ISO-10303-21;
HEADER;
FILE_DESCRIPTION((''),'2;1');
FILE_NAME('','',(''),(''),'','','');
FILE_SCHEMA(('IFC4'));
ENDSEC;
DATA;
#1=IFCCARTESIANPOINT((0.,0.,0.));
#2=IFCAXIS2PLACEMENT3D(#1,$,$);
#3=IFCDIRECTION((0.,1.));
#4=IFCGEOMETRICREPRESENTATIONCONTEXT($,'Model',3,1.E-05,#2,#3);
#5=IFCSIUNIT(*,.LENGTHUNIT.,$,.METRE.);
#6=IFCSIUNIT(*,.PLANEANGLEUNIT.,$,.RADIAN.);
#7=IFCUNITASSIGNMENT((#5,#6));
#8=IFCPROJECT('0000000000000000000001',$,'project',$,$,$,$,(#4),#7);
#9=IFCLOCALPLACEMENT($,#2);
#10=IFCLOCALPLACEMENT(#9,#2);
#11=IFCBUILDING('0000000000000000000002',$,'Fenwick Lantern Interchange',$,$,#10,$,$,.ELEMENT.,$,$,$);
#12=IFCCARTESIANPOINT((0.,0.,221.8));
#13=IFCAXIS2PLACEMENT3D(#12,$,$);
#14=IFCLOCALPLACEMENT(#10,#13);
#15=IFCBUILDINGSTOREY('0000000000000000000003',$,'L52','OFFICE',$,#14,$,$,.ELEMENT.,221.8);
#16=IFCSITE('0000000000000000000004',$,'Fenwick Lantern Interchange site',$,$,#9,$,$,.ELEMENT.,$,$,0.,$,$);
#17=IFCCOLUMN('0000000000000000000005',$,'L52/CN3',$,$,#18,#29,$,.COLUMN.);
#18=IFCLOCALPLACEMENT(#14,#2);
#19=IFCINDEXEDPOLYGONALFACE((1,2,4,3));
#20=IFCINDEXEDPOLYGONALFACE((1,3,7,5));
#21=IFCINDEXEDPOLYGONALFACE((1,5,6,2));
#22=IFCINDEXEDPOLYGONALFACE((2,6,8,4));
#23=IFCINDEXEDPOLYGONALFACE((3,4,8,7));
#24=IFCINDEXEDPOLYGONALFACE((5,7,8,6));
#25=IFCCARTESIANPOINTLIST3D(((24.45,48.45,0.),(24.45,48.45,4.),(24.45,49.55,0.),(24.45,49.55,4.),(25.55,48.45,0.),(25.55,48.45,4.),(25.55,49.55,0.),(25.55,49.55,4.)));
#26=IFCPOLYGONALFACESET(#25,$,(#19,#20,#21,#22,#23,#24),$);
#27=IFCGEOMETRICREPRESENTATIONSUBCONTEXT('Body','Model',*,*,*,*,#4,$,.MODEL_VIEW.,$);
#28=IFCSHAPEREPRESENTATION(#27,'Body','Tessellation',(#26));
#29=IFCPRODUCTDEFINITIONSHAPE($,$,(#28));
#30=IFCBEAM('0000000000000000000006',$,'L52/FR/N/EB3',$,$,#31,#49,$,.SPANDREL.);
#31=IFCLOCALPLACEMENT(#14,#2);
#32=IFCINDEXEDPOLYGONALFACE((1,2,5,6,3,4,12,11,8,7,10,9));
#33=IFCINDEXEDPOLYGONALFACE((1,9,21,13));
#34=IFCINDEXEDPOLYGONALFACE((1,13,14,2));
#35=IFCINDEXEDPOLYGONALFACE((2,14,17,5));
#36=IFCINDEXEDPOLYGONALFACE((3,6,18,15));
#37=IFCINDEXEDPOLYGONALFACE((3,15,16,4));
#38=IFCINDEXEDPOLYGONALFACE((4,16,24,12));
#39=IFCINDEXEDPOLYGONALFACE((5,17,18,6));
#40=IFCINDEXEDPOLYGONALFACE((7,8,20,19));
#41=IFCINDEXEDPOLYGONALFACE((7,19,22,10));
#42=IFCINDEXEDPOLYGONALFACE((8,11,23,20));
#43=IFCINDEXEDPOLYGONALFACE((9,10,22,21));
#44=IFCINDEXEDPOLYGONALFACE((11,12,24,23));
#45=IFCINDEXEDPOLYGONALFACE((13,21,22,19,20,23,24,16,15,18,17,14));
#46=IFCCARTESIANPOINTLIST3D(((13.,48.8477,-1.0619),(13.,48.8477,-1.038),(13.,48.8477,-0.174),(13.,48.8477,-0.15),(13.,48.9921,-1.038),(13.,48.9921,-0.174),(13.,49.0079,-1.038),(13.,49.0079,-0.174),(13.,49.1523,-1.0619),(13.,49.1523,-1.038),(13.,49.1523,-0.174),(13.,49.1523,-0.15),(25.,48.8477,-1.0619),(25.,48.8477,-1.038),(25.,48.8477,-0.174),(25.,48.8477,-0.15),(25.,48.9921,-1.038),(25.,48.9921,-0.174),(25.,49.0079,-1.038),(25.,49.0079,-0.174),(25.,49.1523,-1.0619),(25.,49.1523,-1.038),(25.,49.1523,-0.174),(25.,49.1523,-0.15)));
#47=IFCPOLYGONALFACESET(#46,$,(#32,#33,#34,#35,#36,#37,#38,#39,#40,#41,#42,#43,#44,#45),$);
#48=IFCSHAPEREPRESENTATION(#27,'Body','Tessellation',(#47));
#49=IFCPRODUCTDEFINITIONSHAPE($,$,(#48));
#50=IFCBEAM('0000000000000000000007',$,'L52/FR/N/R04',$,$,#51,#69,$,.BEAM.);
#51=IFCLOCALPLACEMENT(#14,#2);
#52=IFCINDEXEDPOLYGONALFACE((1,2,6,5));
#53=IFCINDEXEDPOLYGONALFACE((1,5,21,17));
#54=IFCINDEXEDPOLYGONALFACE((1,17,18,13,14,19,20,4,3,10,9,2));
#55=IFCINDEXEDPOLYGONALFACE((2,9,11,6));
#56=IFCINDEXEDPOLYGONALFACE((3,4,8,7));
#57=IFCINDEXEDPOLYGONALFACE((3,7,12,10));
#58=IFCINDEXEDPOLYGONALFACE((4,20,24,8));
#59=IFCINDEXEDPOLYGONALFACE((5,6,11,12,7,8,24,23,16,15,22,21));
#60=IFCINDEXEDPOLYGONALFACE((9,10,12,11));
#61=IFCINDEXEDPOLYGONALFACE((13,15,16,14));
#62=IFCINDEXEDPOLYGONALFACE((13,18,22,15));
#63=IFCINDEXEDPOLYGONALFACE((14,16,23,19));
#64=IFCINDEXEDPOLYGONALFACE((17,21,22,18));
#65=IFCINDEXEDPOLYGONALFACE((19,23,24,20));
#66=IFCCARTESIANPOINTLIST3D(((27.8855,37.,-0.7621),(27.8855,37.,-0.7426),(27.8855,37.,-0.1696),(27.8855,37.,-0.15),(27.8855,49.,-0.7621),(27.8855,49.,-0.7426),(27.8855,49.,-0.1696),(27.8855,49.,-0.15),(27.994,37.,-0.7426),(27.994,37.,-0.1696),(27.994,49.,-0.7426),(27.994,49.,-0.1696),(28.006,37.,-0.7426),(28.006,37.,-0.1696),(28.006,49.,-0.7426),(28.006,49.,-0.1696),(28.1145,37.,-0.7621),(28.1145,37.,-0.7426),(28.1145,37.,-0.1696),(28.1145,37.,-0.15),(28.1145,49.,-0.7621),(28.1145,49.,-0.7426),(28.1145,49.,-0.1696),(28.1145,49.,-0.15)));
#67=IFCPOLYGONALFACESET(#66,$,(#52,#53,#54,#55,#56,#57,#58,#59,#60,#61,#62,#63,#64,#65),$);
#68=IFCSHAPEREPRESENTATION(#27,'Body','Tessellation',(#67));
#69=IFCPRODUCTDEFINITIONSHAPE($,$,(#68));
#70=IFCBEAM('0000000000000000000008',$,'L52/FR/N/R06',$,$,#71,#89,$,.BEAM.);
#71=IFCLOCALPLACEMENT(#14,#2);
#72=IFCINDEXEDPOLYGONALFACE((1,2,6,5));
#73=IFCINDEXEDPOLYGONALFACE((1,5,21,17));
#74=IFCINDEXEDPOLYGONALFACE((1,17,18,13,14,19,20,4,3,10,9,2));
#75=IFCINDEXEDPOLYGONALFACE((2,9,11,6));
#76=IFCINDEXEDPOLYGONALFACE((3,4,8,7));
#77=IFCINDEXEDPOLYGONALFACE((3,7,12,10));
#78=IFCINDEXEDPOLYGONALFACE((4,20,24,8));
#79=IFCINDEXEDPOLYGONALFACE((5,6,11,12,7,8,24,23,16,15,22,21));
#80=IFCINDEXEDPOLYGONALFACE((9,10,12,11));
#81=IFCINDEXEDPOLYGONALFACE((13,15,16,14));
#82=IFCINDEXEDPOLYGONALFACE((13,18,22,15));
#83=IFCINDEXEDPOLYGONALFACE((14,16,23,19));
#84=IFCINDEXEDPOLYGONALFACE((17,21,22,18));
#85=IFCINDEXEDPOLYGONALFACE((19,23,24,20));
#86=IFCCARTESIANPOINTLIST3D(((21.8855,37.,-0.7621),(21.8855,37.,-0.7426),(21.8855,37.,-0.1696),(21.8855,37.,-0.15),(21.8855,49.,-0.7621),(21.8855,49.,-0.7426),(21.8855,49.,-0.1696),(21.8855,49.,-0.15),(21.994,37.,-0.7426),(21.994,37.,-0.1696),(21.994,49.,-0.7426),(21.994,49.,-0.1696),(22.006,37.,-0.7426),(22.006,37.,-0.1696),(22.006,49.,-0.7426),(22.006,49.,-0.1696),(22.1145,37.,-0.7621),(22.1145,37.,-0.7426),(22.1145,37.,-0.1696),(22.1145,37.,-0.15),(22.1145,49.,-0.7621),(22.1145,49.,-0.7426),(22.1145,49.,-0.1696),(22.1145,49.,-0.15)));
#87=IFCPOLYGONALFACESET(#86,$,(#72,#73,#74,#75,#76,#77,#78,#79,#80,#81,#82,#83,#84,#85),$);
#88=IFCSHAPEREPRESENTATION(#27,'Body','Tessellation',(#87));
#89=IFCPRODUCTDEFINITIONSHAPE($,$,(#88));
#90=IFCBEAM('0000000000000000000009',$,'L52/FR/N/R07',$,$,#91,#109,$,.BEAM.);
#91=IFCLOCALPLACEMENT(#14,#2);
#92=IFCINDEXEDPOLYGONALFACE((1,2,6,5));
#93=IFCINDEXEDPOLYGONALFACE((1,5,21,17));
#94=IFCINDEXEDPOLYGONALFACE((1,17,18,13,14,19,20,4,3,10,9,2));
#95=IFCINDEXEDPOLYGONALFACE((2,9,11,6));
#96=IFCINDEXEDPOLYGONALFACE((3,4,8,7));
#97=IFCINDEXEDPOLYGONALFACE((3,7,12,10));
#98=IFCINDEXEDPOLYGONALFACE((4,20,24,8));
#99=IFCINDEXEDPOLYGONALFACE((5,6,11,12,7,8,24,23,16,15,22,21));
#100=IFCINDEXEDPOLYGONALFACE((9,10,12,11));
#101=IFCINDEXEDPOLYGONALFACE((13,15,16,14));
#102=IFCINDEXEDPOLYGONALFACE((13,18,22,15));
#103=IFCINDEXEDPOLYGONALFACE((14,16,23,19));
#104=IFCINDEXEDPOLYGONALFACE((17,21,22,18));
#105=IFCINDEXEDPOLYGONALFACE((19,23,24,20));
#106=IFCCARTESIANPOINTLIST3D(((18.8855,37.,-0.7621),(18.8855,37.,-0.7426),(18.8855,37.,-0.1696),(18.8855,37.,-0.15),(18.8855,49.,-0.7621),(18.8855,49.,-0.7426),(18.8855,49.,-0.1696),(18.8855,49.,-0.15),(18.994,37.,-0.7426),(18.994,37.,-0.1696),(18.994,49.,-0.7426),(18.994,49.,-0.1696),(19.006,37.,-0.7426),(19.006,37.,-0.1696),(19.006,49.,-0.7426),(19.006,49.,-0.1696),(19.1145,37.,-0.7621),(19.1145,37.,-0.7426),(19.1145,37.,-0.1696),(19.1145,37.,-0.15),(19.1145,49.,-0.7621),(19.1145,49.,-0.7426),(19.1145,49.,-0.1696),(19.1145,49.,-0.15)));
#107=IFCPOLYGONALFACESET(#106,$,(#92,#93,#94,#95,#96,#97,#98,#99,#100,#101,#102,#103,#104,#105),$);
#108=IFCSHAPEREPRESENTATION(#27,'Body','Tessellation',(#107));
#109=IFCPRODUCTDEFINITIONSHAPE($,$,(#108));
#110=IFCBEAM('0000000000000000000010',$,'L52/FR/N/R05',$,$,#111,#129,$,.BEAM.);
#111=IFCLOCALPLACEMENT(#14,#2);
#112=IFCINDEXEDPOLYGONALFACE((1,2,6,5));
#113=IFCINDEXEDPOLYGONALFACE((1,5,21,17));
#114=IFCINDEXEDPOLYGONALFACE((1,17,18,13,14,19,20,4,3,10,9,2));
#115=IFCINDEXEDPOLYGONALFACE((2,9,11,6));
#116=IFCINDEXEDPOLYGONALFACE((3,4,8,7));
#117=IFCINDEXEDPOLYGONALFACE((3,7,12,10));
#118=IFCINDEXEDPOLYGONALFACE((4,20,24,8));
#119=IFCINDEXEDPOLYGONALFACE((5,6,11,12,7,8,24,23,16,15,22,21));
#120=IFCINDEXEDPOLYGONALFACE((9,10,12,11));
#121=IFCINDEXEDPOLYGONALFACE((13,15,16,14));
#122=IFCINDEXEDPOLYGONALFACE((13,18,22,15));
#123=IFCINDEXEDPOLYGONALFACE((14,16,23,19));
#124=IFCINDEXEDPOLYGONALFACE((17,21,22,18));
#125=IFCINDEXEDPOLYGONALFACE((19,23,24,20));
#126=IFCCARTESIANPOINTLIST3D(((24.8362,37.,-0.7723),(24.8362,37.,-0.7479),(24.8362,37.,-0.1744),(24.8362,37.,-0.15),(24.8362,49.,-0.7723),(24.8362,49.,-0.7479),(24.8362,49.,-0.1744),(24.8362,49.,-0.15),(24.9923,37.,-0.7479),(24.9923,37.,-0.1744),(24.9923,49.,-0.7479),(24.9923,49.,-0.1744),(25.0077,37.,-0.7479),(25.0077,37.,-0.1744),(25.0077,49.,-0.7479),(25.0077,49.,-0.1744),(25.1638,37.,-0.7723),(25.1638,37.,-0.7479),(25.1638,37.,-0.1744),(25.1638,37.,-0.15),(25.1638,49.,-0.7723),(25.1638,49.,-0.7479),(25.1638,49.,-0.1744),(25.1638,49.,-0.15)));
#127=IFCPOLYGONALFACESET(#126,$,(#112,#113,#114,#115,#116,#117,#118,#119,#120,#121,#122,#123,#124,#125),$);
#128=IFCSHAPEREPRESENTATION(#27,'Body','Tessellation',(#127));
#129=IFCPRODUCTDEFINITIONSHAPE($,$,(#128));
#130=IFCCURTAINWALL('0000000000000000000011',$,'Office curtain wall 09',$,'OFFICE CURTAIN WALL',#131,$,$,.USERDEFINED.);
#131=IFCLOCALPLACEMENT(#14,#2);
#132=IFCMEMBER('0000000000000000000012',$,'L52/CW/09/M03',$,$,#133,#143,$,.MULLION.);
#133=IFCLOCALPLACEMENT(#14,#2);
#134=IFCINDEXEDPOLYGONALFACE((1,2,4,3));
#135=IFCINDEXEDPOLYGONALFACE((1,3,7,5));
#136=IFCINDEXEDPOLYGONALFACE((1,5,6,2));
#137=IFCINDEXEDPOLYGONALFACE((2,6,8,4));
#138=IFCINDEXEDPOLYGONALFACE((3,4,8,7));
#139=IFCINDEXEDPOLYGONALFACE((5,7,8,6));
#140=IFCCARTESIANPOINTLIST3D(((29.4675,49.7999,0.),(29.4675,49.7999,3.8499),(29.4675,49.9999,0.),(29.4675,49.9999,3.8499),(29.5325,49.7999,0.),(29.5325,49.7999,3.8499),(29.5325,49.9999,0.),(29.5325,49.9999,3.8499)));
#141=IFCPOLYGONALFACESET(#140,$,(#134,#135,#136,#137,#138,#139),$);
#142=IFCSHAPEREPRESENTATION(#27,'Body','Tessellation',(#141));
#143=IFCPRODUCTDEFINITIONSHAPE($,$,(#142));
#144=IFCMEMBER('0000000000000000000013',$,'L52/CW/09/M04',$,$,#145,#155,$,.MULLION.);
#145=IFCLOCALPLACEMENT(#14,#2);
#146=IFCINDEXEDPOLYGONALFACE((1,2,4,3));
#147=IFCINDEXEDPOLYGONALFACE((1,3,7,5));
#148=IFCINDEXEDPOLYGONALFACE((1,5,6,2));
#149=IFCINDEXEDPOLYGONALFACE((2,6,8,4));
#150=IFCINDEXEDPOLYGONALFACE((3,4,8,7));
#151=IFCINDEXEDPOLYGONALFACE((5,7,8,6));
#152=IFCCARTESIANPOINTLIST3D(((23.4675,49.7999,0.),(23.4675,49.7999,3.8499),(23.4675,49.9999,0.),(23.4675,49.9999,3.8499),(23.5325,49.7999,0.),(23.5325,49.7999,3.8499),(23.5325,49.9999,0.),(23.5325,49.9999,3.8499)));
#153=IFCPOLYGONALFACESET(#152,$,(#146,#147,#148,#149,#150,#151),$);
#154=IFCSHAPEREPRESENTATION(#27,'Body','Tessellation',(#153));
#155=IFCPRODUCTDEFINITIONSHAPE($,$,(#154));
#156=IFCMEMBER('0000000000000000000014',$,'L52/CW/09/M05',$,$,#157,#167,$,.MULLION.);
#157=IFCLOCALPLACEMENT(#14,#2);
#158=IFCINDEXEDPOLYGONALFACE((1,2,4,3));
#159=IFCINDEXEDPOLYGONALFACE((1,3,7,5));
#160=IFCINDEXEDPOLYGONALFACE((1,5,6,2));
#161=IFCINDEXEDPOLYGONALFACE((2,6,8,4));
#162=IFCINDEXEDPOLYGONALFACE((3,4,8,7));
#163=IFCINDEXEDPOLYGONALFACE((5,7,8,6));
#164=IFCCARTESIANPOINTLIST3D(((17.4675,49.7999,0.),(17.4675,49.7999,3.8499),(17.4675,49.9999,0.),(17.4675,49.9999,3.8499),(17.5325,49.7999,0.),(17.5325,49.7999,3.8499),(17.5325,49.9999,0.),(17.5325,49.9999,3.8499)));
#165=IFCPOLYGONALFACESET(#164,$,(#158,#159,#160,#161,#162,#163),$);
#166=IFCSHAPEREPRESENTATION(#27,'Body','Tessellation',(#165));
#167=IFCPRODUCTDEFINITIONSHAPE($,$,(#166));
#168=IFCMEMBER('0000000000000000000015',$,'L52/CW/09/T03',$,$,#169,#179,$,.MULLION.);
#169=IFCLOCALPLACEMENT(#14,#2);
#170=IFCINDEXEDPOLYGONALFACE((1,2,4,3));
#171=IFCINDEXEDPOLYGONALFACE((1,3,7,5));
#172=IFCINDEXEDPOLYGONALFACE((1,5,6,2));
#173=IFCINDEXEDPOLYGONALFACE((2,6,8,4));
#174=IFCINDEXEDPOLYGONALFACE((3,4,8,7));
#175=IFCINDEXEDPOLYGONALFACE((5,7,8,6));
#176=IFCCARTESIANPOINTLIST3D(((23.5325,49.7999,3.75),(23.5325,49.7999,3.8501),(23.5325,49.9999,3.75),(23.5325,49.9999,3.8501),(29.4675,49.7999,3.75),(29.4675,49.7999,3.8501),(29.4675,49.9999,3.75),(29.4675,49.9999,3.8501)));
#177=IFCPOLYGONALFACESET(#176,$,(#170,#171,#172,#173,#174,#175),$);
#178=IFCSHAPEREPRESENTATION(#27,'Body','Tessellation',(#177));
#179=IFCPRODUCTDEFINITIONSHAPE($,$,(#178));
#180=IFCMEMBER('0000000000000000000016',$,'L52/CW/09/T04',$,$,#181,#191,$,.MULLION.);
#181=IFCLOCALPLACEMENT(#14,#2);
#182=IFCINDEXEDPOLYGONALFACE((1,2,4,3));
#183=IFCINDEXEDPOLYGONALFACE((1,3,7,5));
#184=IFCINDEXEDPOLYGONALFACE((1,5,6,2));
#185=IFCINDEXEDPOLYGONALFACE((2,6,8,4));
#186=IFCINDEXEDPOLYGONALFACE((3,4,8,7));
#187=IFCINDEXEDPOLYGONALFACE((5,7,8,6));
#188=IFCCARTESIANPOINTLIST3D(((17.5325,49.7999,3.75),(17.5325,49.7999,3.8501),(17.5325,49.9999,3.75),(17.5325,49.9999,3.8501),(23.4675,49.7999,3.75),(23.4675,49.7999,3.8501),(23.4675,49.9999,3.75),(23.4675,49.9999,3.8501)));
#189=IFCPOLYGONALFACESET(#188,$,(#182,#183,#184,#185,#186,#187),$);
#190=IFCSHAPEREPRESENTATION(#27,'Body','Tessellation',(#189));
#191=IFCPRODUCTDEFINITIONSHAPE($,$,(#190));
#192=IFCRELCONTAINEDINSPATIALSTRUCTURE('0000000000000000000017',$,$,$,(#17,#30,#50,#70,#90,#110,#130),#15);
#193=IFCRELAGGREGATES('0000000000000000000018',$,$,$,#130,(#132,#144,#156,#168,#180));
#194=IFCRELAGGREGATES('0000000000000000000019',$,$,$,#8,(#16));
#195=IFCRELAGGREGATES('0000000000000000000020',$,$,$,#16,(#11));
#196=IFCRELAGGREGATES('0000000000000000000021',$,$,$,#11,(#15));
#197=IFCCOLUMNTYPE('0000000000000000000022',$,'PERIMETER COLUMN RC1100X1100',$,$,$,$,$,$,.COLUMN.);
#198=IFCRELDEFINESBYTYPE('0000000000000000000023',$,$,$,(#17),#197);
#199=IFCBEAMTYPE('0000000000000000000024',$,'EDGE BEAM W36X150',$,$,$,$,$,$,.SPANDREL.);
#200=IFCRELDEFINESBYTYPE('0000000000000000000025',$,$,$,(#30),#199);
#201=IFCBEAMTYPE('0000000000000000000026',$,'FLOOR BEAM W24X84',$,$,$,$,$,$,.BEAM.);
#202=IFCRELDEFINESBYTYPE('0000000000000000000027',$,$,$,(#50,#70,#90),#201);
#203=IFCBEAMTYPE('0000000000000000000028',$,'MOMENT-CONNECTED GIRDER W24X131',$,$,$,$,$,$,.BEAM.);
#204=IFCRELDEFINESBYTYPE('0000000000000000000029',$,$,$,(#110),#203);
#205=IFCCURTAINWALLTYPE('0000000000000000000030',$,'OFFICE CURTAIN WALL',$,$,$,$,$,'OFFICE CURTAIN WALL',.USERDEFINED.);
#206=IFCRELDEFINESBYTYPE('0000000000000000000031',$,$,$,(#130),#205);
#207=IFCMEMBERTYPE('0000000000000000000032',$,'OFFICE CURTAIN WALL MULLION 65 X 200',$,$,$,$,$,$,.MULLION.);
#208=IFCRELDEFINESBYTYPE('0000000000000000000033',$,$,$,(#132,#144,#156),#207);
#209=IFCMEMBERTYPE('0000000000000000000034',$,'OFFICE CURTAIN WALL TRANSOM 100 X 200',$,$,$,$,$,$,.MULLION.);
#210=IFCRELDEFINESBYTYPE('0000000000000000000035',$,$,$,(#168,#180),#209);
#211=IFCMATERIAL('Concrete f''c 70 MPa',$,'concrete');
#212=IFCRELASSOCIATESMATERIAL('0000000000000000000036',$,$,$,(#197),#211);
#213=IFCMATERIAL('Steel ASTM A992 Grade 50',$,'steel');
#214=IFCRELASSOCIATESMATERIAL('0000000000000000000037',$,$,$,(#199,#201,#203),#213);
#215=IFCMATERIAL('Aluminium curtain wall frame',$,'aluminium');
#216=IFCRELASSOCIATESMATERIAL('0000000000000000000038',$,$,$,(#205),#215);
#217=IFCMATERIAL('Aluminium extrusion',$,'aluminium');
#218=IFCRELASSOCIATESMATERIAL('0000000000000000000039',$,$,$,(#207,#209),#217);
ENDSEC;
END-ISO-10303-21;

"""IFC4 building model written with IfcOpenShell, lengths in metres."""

from ifc_helpers import new_model, si_unit, direction, frame, origin, origin_2d, place, context, subcontext, project, spatial, rectangle, i_section, extrude, material, material_profile, profile_set, type_object, element, aggregate, save


model = new_model("IFC4")

# Units and contexts
model_context = context("Model", 3, precision=1e-05, world=origin(), true_north=direction((0.0, 1.0)))
body_context = subcontext(model_context, "Body", "Model", "MODEL_VIEW")
ifc_project = project(units=[si_unit("LENGTHUNIT", "METRE"), si_unit("PLANEANGLEUNIT", "RADIAN")], contexts=[model_context])

# Site, building, storey
site_placement = place(None, origin())
site = spatial("IfcSite", under=ifc_project, at=site_placement, Name="Fenwick Lantern Interchange site", CompositionType="ELEMENT", RefElevation=0.0)
building_placement = place(site_placement, origin())
building = spatial("IfcBuilding", under=site, at=building_placement, Name="Fenwick Lantern Interchange", CompositionType="ELEMENT")
storey_placement = place(building_placement, frame((0.0, 0.0, 221.8)))
storey = spatial("IfcBuildingStorey", under=building, at=storey_placement, Name="L52", Description="OFFICE", CompositionType="ELEMENT", Elevation=221.8)

# Column
ifc_material_1 = material(Name="Concrete f'c 70 MPa", Category="concrete")
ifc_material_profile_1 = material_profile(ifc_material_1, rectangle(XDim=1.1001, YDim=1.1001, at=origin_2d()), Name="RC1100X1100")
ifc_profile_set_1 = profile_set([ifc_material_profile_1], Name="Concrete f'c 70 MPa")
column_type = type_object("IfcColumnType", Name="PERIMETER COLUMN RC1100X1100", PredefinedType="COLUMN", material=ifc_profile_set_1)
column_placement = place(storey_placement, frame((25.0, 49.0, 0.0), z_axis=(0.0, 0.0, 1.0), x_axis=(1.0, 0.0, 0.0)))
element("IfcColumn", 1, at=column_placement, inside=storey, type_object=column_type, Name="L52/CN3", PredefinedType="COLUMN", context=body_context, shape_type="SweptSolid", body=[
    extrude(rectangle(XDim=1.1001, YDim=1.1001, at=origin_2d()), origin(), (0.0, 0.0, 1.0), 4.0),
])

# Beams
ifc_material_2 = material(Name="Steel ASTM A992 Grade 50", Category="steel")
ifc_material_profile_2 = material_profile(ifc_material_2, i_section(OverallWidth=0.3047, OverallDepth=0.9119, WebThickness=0.0159, FlangeThickness=0.0239, at=origin_2d()), Name="W36X150")
ifc_profile_set_2 = profile_set([ifc_material_profile_2], Name="Steel ASTM A992 Grade 50")
beam_type_1 = type_object("IfcBeamType", Name="EDGE BEAM W36X150", PredefinedType="SPANDREL", material=ifc_profile_set_2)
beam_1_placement = place(storey_placement, frame((25.0, 49.0, -0.606), z_axis=(-1.0, 0.0, 0.0), x_axis=(0.0, -1.0, 0.0)))
element("IfcBeam", 2, at=beam_1_placement, inside=storey, type_object=beam_type_1, Name="L52/FR/N/EB3", PredefinedType="SPANDREL", context=body_context, shape_type="SweptSolid", body=[
    extrude(i_section(OverallWidth=0.3047, OverallDepth=0.9119, WebThickness=0.0159, FlangeThickness=0.0239, at=origin_2d()), origin(), (0.0, 0.0, 1.0), 12.0),
])
ifc_material_profile_3 = material_profile(ifc_material_2, i_section(OverallWidth=0.229, OverallDepth=0.6121, WebThickness=0.012, FlangeThickness=0.0195, at=origin_2d()), Name="W24X84")
ifc_profile_set_3 = profile_set([ifc_material_profile_3], Name="Steel ASTM A992 Grade 50")
beam_type_2 = type_object("IfcBeamType", Name="FLOOR BEAM W24X84", PredefinedType="BEAM", material=ifc_profile_set_3)
for number, where, z_axis, x_axis, name in (
    (3, (28.0, 49.0, -0.4561), (0.0, -1.0, 0.0), (1.0, 0.0, 0.0), "L52/FR/N/R04"),
    (4, (22.0, 49.0, -0.4561), (0.0, -1.0, 0.0), (1.0, 0.0, 0.0), "L52/FR/N/R06"),
    (5, (19.0, 49.0, -0.4561), (0.0, -1.0, 0.0), (1.0, 0.0, 0.0), "L52/FR/N/R07"),
):
    element("IfcBeam", number, at=place(storey_placement, frame(where, z_axis=z_axis, x_axis=x_axis)), inside=storey, type_object=beam_type_2, Name=name, PredefinedType="BEAM", context=body_context, shape_type="SweptSolid", body=[
        extrude(i_section(OverallWidth=0.229, OverallDepth=0.6121, WebThickness=0.012, FlangeThickness=0.0195, at=origin_2d()), origin(), (0.0, 0.0, 1.0), 12.0),
    ])
ifc_material_profile_4 = material_profile(ifc_material_2, i_section(OverallWidth=0.3276, OverallDepth=0.6223, WebThickness=0.0154, FlangeThickness=0.0244, at=origin_2d()), Name="W24X131")
ifc_profile_set_4 = profile_set([ifc_material_profile_4], Name="Steel ASTM A992 Grade 50")
beam_type_3 = type_object("IfcBeamType", Name="MOMENT-CONNECTED GIRDER W24X131", PredefinedType="BEAM", material=ifc_profile_set_4)
beam_2_placement = place(storey_placement, frame((25.0, 49.0, -0.4612), z_axis=(0.0, -1.0, 0.0), x_axis=(1.0, 0.0, 0.0)))
element("IfcBeam", 6, at=beam_2_placement, inside=storey, type_object=beam_type_3, Name="L52/FR/N/R05", PredefinedType="BEAM", context=body_context, shape_type="SweptSolid", body=[
    extrude(i_section(OverallWidth=0.3276, OverallDepth=0.6223, WebThickness=0.0154, FlangeThickness=0.0244, at=origin_2d()), origin(), (0.0, 0.0, 1.0), 12.0),
])

# Curtain wall, members
ifc_material_3 = material(Name="Aluminium curtain wall frame", Category="aluminium")
curtain_wall_type = type_object("IfcCurtainWallType", Name="OFFICE CURTAIN WALL", ElementType="OFFICE CURTAIN WALL", PredefinedType="USERDEFINED", material=ifc_material_3)
curtain_wall_placement = place(storey_placement, origin())
curtain_wall = element("IfcCurtainWall", 7, at=curtain_wall_placement, inside=storey, type_object=curtain_wall_type, Name="Office curtain wall 09", ObjectType="OFFICE CURTAIN WALL", PredefinedType="USERDEFINED")
ifc_material_4 = material(Name="Aluminium extrusion", Category="aluminium")
ifc_material_profile_5 = material_profile(ifc_material_4, rectangle(XDim=0.2, YDim=0.0649, at=origin_2d()), Name="OFFICE CURTAIN WALL MULLION 65 X 200")
ifc_profile_set_5 = profile_set([ifc_material_profile_5], Name="Aluminium extrusion")
member_type_1 = type_object("IfcMemberType", Name="OFFICE CURTAIN WALL MULLION 65 X 200", PredefinedType="MULLION", material=ifc_profile_set_5)
member_1_placement = place(storey_placement, frame((29.5, 49.8999, 0.0), z_axis=(0.0, 0.0, 1.0), x_axis=(0.0, -1.0, 0.0)))
member_1 = element("IfcMember", 8, at=member_1_placement, type_object=member_type_1, Name="L52/CW/09/M03", PredefinedType="MULLION", context=body_context, shape_type="SweptSolid", body=[
    extrude(rectangle(XDim=0.2, YDim=0.0649, at=origin_2d()), origin(), (0.0, 0.0, 1.0), 3.8499),
])
member_2_placement = place(storey_placement, frame((23.5, 49.8999, 0.0), z_axis=(0.0, 0.0, 1.0), x_axis=(0.0, -1.0, 0.0)))
member_2 = element("IfcMember", 9, at=member_2_placement, type_object=member_type_1, Name="L52/CW/09/M04", PredefinedType="MULLION", context=body_context, shape_type="SweptSolid", body=[
    extrude(rectangle(XDim=0.2, YDim=0.0649, at=origin_2d()), origin(), (0.0, 0.0, 1.0), 3.8499),
])
member_3_placement = place(storey_placement, frame((17.5, 49.8999, 0.0), z_axis=(0.0, 0.0, 1.0), x_axis=(0.0, -1.0, 0.0)))
member_3 = element("IfcMember", 10, at=member_3_placement, type_object=member_type_1, Name="L52/CW/09/M05", PredefinedType="MULLION", context=body_context, shape_type="SweptSolid", body=[
    extrude(rectangle(XDim=0.2, YDim=0.0649, at=origin_2d()), origin(), (0.0, 0.0, 1.0), 3.8499),
])
ifc_material_profile_6 = material_profile(ifc_material_4, rectangle(XDim=0.2, YDim=0.1001, at=origin_2d()), Name="OFFICE CURTAIN WALL TRANSOM 100 X 200")
ifc_profile_set_6 = profile_set([ifc_material_profile_6], Name="Aluminium extrusion")
member_type_2 = type_object("IfcMemberType", Name="OFFICE CURTAIN WALL TRANSOM 100 X 200", PredefinedType="MULLION", material=ifc_profile_set_6)
member_4_placement = place(storey_placement, frame((29.4675, 49.8999, 3.8), z_axis=(-1.0, 0.0, 0.0), x_axis=(0.0, -1.0, 0.0)))
member_4 = element("IfcMember", 11, at=member_4_placement, type_object=member_type_2, Name="L52/CW/09/T03", PredefinedType="MULLION", context=body_context, shape_type="SweptSolid", body=[
    extrude(rectangle(XDim=0.2, YDim=0.1001, at=origin_2d()), origin(), (0.0, 0.0, 1.0), 5.9351),
])
member_5_placement = place(storey_placement, frame((23.4675, 49.8999, 3.8), z_axis=(-1.0, 0.0, 0.0), x_axis=(0.0, -1.0, 0.0)))
member_5 = element("IfcMember", 12, at=member_5_placement, type_object=member_type_2, Name="L52/CW/09/T04", PredefinedType="MULLION", context=body_context, shape_type="SweptSolid", body=[
    extrude(rectangle(XDim=0.2, YDim=0.1001, at=origin_2d()), origin(), (0.0, 0.0, 1.0), 5.9351),
])
aggregate(curtain_wall, [member_1, member_2, member_3, member_4, member_5])

save(model, "model.ifc")
